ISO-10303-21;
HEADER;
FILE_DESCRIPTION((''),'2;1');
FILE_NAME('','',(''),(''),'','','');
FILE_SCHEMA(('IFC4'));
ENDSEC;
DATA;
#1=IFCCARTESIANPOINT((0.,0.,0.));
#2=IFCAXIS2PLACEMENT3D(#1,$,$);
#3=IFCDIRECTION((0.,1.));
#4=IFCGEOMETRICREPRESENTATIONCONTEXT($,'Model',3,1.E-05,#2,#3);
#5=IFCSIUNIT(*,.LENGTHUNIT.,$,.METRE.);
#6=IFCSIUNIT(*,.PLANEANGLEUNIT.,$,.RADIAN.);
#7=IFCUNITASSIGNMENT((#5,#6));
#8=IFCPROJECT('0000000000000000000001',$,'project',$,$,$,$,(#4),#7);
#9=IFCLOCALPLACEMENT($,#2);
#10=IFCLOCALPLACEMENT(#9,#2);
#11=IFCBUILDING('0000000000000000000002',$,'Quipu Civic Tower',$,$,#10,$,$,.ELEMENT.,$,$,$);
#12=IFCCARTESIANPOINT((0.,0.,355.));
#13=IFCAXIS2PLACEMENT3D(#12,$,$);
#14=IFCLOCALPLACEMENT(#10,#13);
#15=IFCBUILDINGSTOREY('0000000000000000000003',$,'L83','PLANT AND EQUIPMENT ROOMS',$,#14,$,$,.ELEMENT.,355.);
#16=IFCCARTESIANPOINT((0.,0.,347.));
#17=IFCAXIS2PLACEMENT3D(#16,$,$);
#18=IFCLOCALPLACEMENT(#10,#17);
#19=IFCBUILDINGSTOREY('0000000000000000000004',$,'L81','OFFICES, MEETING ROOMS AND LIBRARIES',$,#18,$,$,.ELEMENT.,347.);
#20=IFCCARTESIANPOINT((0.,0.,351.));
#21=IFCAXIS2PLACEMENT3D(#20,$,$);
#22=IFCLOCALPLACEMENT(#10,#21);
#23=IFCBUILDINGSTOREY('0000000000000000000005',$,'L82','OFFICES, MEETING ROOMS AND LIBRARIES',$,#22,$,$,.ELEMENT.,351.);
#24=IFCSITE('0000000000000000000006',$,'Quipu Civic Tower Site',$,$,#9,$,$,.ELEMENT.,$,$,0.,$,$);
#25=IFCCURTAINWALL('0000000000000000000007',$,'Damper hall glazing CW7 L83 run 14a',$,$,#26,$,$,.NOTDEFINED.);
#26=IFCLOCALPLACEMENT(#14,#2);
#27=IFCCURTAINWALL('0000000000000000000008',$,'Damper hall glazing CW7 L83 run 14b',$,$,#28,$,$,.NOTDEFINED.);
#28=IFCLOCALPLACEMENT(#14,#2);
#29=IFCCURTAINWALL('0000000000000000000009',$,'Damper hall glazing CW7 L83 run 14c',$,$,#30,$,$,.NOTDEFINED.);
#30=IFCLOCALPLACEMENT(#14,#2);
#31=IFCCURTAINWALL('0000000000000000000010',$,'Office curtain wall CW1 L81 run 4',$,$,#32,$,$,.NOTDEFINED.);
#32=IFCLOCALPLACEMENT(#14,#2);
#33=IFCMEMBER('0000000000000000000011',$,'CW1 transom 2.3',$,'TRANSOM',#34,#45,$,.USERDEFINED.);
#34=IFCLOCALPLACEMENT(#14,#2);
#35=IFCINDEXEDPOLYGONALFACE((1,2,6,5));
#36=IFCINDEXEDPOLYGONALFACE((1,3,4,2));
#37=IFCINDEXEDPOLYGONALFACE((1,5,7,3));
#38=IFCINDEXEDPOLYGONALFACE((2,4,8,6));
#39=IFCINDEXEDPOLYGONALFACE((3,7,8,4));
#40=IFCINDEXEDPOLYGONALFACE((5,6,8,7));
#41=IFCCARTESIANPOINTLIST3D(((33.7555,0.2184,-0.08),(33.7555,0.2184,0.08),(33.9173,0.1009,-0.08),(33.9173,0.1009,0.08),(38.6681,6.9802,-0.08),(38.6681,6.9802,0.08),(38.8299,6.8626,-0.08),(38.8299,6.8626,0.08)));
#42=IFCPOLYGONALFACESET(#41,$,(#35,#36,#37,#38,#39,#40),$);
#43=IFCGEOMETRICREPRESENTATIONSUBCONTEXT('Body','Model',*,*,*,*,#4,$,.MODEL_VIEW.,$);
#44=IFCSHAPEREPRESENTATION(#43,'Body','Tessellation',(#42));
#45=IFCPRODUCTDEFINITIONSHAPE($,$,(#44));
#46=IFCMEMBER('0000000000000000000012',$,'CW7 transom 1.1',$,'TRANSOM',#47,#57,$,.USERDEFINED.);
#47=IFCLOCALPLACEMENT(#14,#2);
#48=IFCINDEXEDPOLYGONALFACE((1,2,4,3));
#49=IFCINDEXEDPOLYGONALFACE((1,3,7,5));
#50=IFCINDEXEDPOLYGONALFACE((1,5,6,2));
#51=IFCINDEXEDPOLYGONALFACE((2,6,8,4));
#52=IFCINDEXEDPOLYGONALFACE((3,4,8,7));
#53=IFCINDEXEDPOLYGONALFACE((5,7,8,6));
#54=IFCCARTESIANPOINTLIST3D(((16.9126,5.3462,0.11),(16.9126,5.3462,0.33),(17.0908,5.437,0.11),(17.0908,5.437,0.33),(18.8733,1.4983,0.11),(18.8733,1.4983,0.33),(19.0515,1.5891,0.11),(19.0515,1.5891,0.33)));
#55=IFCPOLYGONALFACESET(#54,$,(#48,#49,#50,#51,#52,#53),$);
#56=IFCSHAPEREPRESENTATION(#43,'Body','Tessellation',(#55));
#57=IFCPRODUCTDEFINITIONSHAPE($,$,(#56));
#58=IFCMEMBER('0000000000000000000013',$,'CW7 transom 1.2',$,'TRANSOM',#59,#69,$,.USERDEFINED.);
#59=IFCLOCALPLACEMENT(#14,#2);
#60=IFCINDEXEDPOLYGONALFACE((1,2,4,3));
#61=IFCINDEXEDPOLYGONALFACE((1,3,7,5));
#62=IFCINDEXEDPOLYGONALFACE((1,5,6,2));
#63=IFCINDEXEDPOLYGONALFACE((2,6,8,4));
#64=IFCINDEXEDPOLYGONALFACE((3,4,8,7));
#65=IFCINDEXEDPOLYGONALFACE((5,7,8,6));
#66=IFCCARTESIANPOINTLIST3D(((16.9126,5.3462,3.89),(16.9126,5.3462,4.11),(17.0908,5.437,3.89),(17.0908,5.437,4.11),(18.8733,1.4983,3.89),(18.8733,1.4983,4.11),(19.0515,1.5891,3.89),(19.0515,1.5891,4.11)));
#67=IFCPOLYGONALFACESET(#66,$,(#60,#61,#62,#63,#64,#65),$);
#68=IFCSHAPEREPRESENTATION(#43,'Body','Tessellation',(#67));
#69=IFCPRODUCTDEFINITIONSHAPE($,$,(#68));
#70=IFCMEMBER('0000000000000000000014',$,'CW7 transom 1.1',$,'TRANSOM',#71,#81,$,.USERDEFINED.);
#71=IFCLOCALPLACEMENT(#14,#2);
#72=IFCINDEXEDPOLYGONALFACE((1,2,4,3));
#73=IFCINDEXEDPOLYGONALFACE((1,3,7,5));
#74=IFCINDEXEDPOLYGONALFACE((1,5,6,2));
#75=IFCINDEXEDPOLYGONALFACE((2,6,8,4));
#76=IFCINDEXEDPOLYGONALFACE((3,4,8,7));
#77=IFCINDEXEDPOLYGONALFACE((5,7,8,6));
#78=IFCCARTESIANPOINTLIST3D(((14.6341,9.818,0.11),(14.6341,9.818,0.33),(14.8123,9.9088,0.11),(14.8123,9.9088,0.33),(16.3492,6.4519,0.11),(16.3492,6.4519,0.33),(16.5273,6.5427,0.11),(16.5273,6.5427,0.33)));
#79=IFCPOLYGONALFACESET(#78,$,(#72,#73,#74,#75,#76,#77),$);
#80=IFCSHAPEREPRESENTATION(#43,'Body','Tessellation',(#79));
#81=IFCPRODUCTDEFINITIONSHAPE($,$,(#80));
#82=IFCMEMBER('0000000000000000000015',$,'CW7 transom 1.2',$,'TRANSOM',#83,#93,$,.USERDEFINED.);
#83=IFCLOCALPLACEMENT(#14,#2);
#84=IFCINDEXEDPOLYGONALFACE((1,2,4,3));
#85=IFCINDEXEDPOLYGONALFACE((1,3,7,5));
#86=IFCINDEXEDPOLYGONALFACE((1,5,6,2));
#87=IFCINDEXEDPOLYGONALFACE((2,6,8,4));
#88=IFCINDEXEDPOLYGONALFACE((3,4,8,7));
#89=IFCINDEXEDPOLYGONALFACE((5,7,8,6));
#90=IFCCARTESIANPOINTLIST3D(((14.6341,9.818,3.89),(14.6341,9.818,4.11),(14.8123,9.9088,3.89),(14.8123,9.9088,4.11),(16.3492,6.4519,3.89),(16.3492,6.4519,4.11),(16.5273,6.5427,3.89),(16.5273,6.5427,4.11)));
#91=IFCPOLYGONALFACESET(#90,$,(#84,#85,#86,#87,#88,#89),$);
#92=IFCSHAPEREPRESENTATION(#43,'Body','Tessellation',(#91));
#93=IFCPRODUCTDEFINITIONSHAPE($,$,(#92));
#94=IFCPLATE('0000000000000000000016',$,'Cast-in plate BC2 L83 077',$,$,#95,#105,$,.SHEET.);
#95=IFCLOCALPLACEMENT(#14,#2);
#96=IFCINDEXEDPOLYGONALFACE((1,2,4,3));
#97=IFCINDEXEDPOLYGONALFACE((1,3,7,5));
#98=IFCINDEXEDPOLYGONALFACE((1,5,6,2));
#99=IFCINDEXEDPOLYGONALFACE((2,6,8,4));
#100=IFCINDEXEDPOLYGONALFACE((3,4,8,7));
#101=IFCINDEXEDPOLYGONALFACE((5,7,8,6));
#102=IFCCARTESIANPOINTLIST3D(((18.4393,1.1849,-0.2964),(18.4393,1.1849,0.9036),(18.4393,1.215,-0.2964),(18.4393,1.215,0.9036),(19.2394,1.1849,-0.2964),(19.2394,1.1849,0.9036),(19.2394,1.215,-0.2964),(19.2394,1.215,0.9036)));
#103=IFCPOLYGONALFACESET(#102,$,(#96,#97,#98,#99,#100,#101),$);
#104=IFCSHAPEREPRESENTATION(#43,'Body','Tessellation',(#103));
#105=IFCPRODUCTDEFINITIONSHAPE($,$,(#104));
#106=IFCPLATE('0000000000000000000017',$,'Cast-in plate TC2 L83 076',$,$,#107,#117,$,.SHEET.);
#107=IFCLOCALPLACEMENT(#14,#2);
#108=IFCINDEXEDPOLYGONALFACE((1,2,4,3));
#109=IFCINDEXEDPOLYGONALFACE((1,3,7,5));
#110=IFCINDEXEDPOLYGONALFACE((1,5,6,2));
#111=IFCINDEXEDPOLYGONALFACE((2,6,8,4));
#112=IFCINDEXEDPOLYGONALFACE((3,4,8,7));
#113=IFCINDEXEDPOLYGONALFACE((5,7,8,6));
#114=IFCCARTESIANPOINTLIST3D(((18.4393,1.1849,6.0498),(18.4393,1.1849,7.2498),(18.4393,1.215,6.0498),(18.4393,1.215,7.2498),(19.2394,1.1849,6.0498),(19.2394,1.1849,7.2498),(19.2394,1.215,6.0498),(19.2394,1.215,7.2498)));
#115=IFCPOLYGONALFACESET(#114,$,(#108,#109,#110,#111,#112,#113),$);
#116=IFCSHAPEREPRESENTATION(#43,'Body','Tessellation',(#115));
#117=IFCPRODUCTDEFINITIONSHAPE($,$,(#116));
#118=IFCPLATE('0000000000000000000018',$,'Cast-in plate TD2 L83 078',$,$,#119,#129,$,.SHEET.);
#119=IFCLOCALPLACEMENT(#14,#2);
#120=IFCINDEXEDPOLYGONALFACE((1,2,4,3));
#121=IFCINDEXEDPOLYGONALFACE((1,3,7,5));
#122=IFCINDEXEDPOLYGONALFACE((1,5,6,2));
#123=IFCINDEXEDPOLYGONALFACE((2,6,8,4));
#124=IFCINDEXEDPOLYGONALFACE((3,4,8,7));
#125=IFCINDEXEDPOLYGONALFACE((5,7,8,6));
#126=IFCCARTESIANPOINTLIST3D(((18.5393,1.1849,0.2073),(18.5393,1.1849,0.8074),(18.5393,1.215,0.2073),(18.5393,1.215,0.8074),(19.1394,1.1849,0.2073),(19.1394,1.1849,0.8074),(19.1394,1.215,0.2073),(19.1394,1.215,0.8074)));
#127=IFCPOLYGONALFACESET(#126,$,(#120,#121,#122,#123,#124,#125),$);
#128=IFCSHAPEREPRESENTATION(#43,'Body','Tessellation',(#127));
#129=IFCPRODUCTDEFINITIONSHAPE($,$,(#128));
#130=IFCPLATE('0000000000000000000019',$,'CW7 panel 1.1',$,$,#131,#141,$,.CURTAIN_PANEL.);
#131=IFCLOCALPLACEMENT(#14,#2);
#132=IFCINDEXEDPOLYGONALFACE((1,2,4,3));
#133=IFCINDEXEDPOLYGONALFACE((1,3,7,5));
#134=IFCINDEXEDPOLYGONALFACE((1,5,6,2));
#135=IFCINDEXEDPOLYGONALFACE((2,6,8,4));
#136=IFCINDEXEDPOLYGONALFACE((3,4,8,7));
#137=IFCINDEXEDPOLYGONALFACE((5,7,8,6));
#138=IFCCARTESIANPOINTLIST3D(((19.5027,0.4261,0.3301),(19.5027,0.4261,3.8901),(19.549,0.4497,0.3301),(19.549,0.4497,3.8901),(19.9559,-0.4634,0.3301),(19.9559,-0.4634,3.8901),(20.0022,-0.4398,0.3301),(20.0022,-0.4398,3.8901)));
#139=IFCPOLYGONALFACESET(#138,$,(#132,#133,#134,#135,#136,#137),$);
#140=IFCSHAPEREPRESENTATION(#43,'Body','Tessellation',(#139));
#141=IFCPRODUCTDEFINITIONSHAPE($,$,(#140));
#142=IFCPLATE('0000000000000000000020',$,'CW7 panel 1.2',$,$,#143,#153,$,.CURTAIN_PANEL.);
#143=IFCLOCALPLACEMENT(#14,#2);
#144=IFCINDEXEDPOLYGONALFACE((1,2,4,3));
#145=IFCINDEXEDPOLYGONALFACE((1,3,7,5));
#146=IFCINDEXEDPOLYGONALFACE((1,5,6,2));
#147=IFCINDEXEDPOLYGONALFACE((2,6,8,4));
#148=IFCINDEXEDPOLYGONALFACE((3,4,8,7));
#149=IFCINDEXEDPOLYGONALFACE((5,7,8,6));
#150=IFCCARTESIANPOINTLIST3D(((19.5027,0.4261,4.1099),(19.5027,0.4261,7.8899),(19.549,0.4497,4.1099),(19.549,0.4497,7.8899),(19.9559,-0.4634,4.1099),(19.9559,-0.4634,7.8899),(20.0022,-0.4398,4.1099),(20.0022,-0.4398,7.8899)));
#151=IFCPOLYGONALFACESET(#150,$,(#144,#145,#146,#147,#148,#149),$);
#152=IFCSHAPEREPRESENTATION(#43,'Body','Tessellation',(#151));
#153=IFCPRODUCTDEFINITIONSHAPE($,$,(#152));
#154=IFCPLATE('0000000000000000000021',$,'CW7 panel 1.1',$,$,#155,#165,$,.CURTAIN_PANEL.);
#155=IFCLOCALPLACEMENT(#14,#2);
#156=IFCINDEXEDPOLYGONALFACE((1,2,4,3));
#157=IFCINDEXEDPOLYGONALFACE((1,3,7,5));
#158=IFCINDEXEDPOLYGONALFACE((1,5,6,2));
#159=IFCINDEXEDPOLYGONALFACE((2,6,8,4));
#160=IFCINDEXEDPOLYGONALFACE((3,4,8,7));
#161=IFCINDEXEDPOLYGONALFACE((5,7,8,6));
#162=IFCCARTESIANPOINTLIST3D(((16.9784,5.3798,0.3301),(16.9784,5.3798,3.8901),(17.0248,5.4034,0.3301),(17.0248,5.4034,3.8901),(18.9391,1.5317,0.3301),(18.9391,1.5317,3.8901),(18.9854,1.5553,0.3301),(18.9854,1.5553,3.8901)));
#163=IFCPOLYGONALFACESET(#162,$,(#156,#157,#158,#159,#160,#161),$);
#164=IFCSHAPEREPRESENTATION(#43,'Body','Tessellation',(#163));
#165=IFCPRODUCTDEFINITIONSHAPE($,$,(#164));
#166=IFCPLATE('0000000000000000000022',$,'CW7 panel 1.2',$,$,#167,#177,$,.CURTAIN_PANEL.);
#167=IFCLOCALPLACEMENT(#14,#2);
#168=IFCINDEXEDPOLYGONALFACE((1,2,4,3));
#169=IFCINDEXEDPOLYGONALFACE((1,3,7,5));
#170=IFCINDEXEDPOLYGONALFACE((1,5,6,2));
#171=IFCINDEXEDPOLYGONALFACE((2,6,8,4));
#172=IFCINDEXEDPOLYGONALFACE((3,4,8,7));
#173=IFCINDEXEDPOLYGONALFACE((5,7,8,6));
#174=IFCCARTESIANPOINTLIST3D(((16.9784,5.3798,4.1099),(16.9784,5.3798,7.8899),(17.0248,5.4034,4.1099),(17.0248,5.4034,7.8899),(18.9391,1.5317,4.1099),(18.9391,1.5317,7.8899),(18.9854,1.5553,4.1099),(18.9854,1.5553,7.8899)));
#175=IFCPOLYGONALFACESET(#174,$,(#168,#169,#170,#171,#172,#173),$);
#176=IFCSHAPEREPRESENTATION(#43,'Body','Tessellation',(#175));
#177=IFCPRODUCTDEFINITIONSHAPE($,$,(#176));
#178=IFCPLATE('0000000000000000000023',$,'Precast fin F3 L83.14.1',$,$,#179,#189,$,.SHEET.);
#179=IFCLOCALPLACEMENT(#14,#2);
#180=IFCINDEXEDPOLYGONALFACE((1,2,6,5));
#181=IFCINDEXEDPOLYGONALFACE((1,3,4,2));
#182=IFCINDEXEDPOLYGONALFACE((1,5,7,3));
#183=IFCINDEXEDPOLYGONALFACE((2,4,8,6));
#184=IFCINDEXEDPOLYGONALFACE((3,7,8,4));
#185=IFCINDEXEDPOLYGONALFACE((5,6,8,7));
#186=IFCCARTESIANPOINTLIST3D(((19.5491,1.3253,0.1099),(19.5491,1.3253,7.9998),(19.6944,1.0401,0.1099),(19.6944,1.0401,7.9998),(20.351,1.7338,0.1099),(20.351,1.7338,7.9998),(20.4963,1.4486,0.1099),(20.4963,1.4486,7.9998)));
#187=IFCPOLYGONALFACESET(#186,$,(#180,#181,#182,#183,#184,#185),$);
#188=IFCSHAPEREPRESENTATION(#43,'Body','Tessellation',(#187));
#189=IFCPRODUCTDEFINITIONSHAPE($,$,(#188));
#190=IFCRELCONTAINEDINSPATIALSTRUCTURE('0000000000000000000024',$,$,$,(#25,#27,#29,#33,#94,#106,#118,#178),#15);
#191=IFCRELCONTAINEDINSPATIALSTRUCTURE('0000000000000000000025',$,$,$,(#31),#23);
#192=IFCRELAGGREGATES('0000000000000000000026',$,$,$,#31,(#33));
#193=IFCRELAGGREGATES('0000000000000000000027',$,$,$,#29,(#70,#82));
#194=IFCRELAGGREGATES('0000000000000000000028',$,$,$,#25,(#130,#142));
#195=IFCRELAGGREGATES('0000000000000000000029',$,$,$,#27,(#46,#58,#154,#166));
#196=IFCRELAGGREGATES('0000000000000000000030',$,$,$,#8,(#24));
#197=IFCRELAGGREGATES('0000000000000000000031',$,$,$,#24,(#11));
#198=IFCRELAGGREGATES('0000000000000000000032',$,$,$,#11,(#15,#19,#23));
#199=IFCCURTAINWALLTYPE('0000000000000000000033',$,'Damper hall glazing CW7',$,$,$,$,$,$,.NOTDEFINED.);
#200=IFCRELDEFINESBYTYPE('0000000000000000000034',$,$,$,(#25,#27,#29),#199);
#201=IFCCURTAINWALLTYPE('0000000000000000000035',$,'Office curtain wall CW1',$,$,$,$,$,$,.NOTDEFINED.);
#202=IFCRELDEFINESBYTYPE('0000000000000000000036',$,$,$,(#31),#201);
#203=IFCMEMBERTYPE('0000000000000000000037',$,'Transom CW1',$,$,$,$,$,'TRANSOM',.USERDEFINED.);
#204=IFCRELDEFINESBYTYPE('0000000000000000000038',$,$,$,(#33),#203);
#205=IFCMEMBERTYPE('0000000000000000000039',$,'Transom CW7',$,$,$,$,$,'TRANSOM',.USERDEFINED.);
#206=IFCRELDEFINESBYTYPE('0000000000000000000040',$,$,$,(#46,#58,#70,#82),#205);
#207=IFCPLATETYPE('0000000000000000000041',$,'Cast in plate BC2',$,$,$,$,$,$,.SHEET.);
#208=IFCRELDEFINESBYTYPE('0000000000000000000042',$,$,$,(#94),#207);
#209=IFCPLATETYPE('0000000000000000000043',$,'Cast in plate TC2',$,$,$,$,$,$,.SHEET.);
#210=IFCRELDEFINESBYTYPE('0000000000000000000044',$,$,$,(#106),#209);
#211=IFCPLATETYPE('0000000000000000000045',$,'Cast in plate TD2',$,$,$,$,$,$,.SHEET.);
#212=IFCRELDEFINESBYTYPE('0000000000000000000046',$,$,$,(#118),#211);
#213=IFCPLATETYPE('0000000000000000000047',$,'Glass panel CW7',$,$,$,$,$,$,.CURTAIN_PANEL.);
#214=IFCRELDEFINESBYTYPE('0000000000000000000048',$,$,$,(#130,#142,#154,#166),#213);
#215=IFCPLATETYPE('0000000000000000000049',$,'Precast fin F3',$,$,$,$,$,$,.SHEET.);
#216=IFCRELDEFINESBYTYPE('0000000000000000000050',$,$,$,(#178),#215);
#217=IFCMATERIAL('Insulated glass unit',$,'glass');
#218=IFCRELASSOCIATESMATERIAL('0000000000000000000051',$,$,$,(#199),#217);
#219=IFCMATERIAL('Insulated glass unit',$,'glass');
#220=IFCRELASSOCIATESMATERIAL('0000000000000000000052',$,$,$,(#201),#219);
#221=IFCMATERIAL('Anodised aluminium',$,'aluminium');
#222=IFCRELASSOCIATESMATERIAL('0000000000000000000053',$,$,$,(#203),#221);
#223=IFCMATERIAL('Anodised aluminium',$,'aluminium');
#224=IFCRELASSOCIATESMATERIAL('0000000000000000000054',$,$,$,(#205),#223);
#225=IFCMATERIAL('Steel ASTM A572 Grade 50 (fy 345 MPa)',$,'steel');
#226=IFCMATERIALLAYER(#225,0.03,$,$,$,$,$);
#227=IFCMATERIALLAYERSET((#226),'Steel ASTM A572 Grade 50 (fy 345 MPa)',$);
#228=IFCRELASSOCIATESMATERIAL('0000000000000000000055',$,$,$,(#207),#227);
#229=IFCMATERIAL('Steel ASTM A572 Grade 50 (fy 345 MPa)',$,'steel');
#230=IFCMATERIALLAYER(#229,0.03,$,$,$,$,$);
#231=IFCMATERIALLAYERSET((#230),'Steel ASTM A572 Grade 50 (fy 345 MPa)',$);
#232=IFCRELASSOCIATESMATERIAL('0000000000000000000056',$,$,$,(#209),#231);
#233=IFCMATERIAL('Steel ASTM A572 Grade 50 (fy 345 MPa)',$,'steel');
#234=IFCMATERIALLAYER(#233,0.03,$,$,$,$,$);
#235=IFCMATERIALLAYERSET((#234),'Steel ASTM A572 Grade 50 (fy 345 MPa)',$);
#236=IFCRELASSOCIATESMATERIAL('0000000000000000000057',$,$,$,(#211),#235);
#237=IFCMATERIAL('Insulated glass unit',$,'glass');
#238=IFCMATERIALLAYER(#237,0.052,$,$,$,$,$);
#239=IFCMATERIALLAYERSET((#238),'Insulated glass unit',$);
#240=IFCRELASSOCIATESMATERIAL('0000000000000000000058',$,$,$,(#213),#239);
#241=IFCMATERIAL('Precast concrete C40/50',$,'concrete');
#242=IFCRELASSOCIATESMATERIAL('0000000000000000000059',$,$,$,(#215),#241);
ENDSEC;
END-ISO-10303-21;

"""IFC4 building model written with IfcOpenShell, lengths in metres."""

from ifc_helpers import new_model, si_unit, direction, frame, origin, origin_2d, place, context, subcontext, project, spatial, rectangle, extrude, material, layer, layer_set, material_profile, profile_set, type_object, element, aggregate, save


model = new_model("IFC4")

# Units and contexts
model_context = context("Model", 3, precision=1e-05, world=origin(), true_north=direction((0.0, 1.0)))
body_context = subcontext(model_context, "Body", "Model", "MODEL_VIEW")
ifc_project = project(units=[si_unit("LENGTHUNIT", "METRE"), si_unit("PLANEANGLEUNIT", "RADIAN")], contexts=[model_context])

# Site, building, storey
site_placement = place(None, origin())
site = spatial("IfcSite", under=ifc_project, at=site_placement, Name="Quipu Civic Tower Site", CompositionType="ELEMENT", RefElevation=0.0)
building_placement = place(site_placement, origin())
building = spatial("IfcBuilding", under=site, at=building_placement, Name="Quipu Civic Tower", CompositionType="ELEMENT")
storey_1_placement = place(building_placement, frame((0.0, 0.0, 355.0)))
storey_1 = spatial("IfcBuildingStorey", under=building, at=storey_1_placement, Name="L83", Description="PLANT AND EQUIPMENT ROOMS", CompositionType="ELEMENT", Elevation=355.0)

# Curtain wall
ifc_material_1 = material(Name="Insulated glass unit", Category="glass")
curtain_wall_type_1 = type_object("IfcCurtainWallType", Name="Damper hall glazing CW7", PredefinedType="NOTDEFINED", material=ifc_material_1)
curtain_wall_1_placement = place(storey_1_placement, origin())
curtain_wall_1 = element("IfcCurtainWall", 1, at=curtain_wall_1_placement, inside=storey_1, type_object=curtain_wall_type_1, Name="Damper hall glazing CW7 L83 run 14a", PredefinedType="NOTDEFINED")

# Curtain wall
curtain_wall_2_placement = place(storey_1_placement, origin())
curtain_wall_2 = element("IfcCurtainWall", 2, at=curtain_wall_2_placement, inside=storey_1, type_object=curtain_wall_type_1, Name="Damper hall glazing CW7 L83 run 14b", PredefinedType="NOTDEFINED")

# Curtain wall
curtain_wall_3_placement = place(storey_1_placement, origin())
curtain_wall_3 = element("IfcCurtainWall", 3, at=curtain_wall_3_placement, inside=storey_1, type_object=curtain_wall_type_1, Name="Damper hall glazing CW7 L83 run 14c", PredefinedType="NOTDEFINED")

# Shared definitions
storey_2_placement = place(building_placement, frame((0.0, 0.0, 347.0)))
storey_2 = spatial("IfcBuildingStorey", under=building, at=storey_2_placement, Name="L81", Description="OFFICES, MEETING ROOMS AND LIBRARIES", CompositionType="ELEMENT", Elevation=347.0)

# Shared definitions
ifc_material_2 = material(Name="Insulated glass unit", Category="glass")
curtain_wall_type_2 = type_object("IfcCurtainWallType", Name="Office curtain wall CW1", PredefinedType="NOTDEFINED", material=ifc_material_2)
ifc_material_3 = material(Name="Anodised aluminium", Category="aluminium")
ifc_material_profile_1 = material_profile(ifc_material_3, rectangle(XDim=0.2, YDim=0.1599, at=origin_2d()), Name="RECT 200x160")
ifc_profile_set_1 = profile_set([ifc_material_profile_1], Name="Anodised aluminium")
member_type_1 = type_object("IfcMemberType", Name="Transom CW1", ElementType="TRANSOM", PredefinedType="USERDEFINED", material=ifc_profile_set_1)

# Shared definitions
storey_3_placement = place(building_placement, frame((0.0, 0.0, 351.0)))
storey_3 = spatial("IfcBuildingStorey", under=building, at=storey_3_placement, Name="L82", Description="OFFICES, MEETING ROOMS AND LIBRARIES", CompositionType="ELEMENT", Elevation=351.0)

# Curtain wall, member
curtain_wall_4_placement = place(storey_3_placement, origin())
curtain_wall_4 = element("IfcCurtainWall", 4, at=curtain_wall_4_placement, inside=storey_3, type_object=curtain_wall_type_2, Name="Office curtain wall CW1 L81 run 4", PredefinedType="NOTDEFINED")
member_1_placement = place(storey_1_placement, frame((33.8364, 0.1597, 0.0), z_axis=(0.587779, 0.809021, 0.0), x_axis=(-0.809021, 0.587779, 0.0)))
member_1 = element("IfcMember", 5, at=member_1_placement, inside=storey_1, type_object=member_type_1, Name="CW1 transom 2.3", ObjectType="TRANSOM", PredefinedType="USERDEFINED", context=body_context, shape_type="SweptSolid", body=[
    extrude(rectangle(XDim=0.2, YDim=0.1599, at=origin_2d()), origin(), (0.0, 0.0, 1.0), 8.3579),
])
aggregate(curtain_wall_4, [member_1])

# Members
ifc_material_4 = material(Name="Anodised aluminium", Category="aluminium")
ifc_material_profile_2 = material_profile(ifc_material_4, rectangle(XDim=0.2, YDim=0.22, at=origin_2d()), Name="RECT 200x220")
ifc_profile_set_2 = profile_set([ifc_material_profile_2], Name="Anodised aluminium")
member_type_2 = type_object("IfcMemberType", Name="Transom CW7", ElementType="TRANSOM", PredefinedType="USERDEFINED", material=ifc_profile_set_2)
member_2_placement = place(storey_1_placement, frame((18.9624, 1.5437, 0.22), z_axis=(-0.454007, 0.890998, 0.0), x_axis=(-0.890998, -0.454007, 0.0)))
member_2 = element("IfcMember", 6, at=member_2_placement, type_object=member_type_2, Name="CW7 transom 1.1", ObjectType="TRANSOM", PredefinedType="USERDEFINED", context=body_context, shape_type="SweptSolid", body=[
    extrude(rectangle(XDim=0.2, YDim=0.22, at=origin_2d()), origin(), (0.0, 0.0, 1.0), 4.3186),
])
member_3_placement = place(storey_1_placement, frame((18.9624, 1.5437, 4.0), z_axis=(-0.454007, 0.890998, 0.0), x_axis=(-0.890998, -0.454007, 0.0)))
member_3 = element("IfcMember", 7, at=member_3_placement, type_object=member_type_2, Name="CW7 transom 1.2", ObjectType="TRANSOM", PredefinedType="USERDEFINED", context=body_context, shape_type="SweptSolid", body=[
    extrude(rectangle(XDim=0.2, YDim=0.22, at=origin_2d()), origin(), (0.0, 0.0, 1.0), 4.3186),
])
member_4_placement = place(storey_1_placement, frame((16.4382, 6.4973, 0.22), z_axis=(-0.453973, 0.891015, 0.0), x_axis=(-0.891015, -0.453973, 0.0)))
member_4 = element("IfcMember", 8, at=member_4_placement, type_object=member_type_2, Name="CW7 transom 1.1", ObjectType="TRANSOM", PredefinedType="USERDEFINED", context=body_context, shape_type="SweptSolid", body=[
    extrude(rectangle(XDim=0.2, YDim=0.22, at=origin_2d()), origin(), (0.0, 0.0, 1.0), 3.7778),
])
member_5_placement = place(storey_1_placement, frame((16.4382, 6.4973, 4.0), z_axis=(-0.453973, 0.891015, 0.0), x_axis=(-0.891015, -0.453973, 0.0)))
member_5 = element("IfcMember", 9, at=member_5_placement, type_object=member_type_2, Name="CW7 transom 1.2", ObjectType="TRANSOM", PredefinedType="USERDEFINED", context=body_context, shape_type="SweptSolid", body=[
    extrude(rectangle(XDim=0.2, YDim=0.22, at=origin_2d()), origin(), (0.0, 0.0, 1.0), 3.7778),
])
aggregate(curtain_wall_3, [member_4, member_5])

# Plates
ifc_material_5 = material(Name="Steel ASTM A572 Grade 50 (fy 345 MPa)", Category="steel")
ifc_layer_1 = layer(ifc_material_5, 0.03)
ifc_layer_set_1 = layer_set([ifc_layer_1], Name="Steel ASTM A572 Grade 50 (fy 345 MPa)")
plate_type_1 = type_object("IfcPlateType", Name="Cast in plate BC2", PredefinedType="SHEET", material=ifc_layer_set_1)
plate_1_placement = place(storey_1_placement, frame((18.8394, 1.2, -0.2964), z_axis=(0.0, 0.0, 1.0), x_axis=(1.0, 0.0, 0.0)))
element("IfcPlate", 10, at=plate_1_placement, inside=storey_1, type_object=plate_type_1, Name="Cast-in plate BC2 L83 077", PredefinedType="SHEET", context=body_context, shape_type="SweptSolid", body=[
    extrude(rectangle(XDim=0.8, YDim=0.03, at=origin_2d()), origin(), (0.0, 0.0, 1.0), 1.2),
])
ifc_material_6 = material(Name="Steel ASTM A572 Grade 50 (fy 345 MPa)", Category="steel")
ifc_layer_2 = layer(ifc_material_6, 0.03)
ifc_layer_set_2 = layer_set([ifc_layer_2], Name="Steel ASTM A572 Grade 50 (fy 345 MPa)")
plate_type_2 = type_object("IfcPlateType", Name="Cast in plate TC2", PredefinedType="SHEET", material=ifc_layer_set_2)
plate_2_placement = place(storey_1_placement, frame((18.8394, 1.2, 6.0498), z_axis=(0.0, 0.0, 1.0), x_axis=(1.0, 0.0, 0.0)))
element("IfcPlate", 11, at=plate_2_placement, inside=storey_1, type_object=plate_type_2, Name="Cast-in plate TC2 L83 076", PredefinedType="SHEET", context=body_context, shape_type="SweptSolid", body=[
    extrude(rectangle(XDim=0.8, YDim=0.03, at=origin_2d()), origin(), (0.0, 0.0, 1.0), 1.2),
])
ifc_material_7 = material(Name="Steel ASTM A572 Grade 50 (fy 345 MPa)", Category="steel")
ifc_layer_3 = layer(ifc_material_7, 0.03)
ifc_layer_set_3 = layer_set([ifc_layer_3], Name="Steel ASTM A572 Grade 50 (fy 345 MPa)")
plate_type_3 = type_object("IfcPlateType", Name="Cast in plate TD2", PredefinedType="SHEET", material=ifc_layer_set_3)
plate_3_placement = place(storey_1_placement, frame((18.8394, 1.2, 0.2073), z_axis=(0.0, 0.0, 1.0), x_axis=(1.0, 0.0, 0.0)))
element("IfcPlate", 12, at=plate_3_placement, inside=storey_1, type_object=plate_type_3, Name="Cast-in plate TD2 L83 078", PredefinedType="SHEET", context=body_context, shape_type="SweptSolid", body=[
    extrude(rectangle(XDim=0.6001, YDim=0.03, at=origin_2d()), origin(), (0.0, 0.0, 1.0), 0.6001),
])

# Plates
ifc_material_8 = material(Name="Insulated glass unit", Category="glass")
ifc_layer_4 = layer(ifc_material_8, 0.052)
ifc_layer_set_4 = layer_set([ifc_layer_4], Name="Insulated glass unit")
plate_type_4 = type_object("IfcPlateType", Name="Glass panel CW7", PredefinedType="CURTAIN_PANEL", material=ifc_layer_set_4)
plate_4_placement = place(storey_1_placement, frame((19.7524, -0.0068, 0.3301), z_axis=(0.0, 0.0, 1.0), x_axis=(-0.454003, 0.891, 0.0)))
plate_4 = element("IfcPlate", 13, at=plate_4_placement, type_object=plate_type_4, Name="CW7 panel 1.1", PredefinedType="CURTAIN_PANEL", context=body_context, shape_type="SweptSolid", body=[
    extrude(rectangle(XDim=0.9983, YDim=0.052, at=origin_2d()), origin(), (0.0, 0.0, 1.0), 3.5601),
])
plate_5_placement = place(storey_1_placement, frame((19.7524, -0.0068, 4.1099), z_axis=(0.0, 0.0, 1.0), x_axis=(-0.454003, 0.891, 0.0)))
plate_5 = element("IfcPlate", 14, at=plate_5_placement, type_object=plate_type_4, Name="CW7 panel 1.2", PredefinedType="CURTAIN_PANEL", context=body_context, shape_type="SweptSolid", body=[
    extrude(rectangle(XDim=0.9983, YDim=0.052, at=origin_2d()), origin(), (0.0, 0.0, 1.0), 3.78),
])
aggregate(curtain_wall_1, [plate_4, plate_5])
plate_6_placement = place(storey_1_placement, frame((17.9819, 3.4675, 0.3301), z_axis=(0.0, 0.0, 1.0), x_axis=(-0.45398, 0.891012, 0.0)))
plate_6 = element("IfcPlate", 15, at=plate_6_placement, type_object=plate_type_4, Name="CW7 panel 1.1", PredefinedType="CURTAIN_PANEL", context=body_context, shape_type="SweptSolid", body=[
    extrude(rectangle(XDim=4.3188, YDim=0.052, at=origin_2d()), origin(), (0.0, 0.0, 1.0), 3.5601),
])
plate_7_placement = place(storey_1_placement, frame((17.9819, 3.4675, 4.1099), z_axis=(0.0, 0.0, 1.0), x_axis=(-0.45398, 0.891012, 0.0)))
plate_7 = element("IfcPlate", 16, at=plate_7_placement, type_object=plate_type_4, Name="CW7 panel 1.2", PredefinedType="CURTAIN_PANEL", context=body_context, shape_type="SweptSolid", body=[
    extrude(rectangle(XDim=4.3188, YDim=0.052, at=origin_2d()), origin(), (0.0, 0.0, 1.0), 3.78),
])
aggregate(curtain_wall_2, [member_2, member_3, plate_6, plate_7])

# Plate
ifc_material_9 = material(Name="Precast concrete C40/50", Category="concrete")
plate_type_5 = type_object("IfcPlateType", Name="Precast fin F3", PredefinedType="SHEET", material=ifc_material_9)
for number, where, z_axis, x_axis, name in (
    (17, (20.0227, 1.387, 0.1099), (0.0, 0.0, 1.0), (-0.45399, 0.891007, 0.0), "Precast fin F3 L83.14.1"),
):
    element("IfcPlate", number, at=place(storey_1_placement, frame(where, z_axis=z_axis, x_axis=x_axis)), inside=storey_1, type_object=plate_type_5, Name=name, PredefinedType="SHEET", context=body_context, shape_type="SweptSolid", body=[
        extrude(rectangle(XDim=0.3201, YDim=0.8999, at=origin_2d()), origin(), (0.0, 0.0, 1.0), 7.8899),
    ])

save(model, "model.ifc")
